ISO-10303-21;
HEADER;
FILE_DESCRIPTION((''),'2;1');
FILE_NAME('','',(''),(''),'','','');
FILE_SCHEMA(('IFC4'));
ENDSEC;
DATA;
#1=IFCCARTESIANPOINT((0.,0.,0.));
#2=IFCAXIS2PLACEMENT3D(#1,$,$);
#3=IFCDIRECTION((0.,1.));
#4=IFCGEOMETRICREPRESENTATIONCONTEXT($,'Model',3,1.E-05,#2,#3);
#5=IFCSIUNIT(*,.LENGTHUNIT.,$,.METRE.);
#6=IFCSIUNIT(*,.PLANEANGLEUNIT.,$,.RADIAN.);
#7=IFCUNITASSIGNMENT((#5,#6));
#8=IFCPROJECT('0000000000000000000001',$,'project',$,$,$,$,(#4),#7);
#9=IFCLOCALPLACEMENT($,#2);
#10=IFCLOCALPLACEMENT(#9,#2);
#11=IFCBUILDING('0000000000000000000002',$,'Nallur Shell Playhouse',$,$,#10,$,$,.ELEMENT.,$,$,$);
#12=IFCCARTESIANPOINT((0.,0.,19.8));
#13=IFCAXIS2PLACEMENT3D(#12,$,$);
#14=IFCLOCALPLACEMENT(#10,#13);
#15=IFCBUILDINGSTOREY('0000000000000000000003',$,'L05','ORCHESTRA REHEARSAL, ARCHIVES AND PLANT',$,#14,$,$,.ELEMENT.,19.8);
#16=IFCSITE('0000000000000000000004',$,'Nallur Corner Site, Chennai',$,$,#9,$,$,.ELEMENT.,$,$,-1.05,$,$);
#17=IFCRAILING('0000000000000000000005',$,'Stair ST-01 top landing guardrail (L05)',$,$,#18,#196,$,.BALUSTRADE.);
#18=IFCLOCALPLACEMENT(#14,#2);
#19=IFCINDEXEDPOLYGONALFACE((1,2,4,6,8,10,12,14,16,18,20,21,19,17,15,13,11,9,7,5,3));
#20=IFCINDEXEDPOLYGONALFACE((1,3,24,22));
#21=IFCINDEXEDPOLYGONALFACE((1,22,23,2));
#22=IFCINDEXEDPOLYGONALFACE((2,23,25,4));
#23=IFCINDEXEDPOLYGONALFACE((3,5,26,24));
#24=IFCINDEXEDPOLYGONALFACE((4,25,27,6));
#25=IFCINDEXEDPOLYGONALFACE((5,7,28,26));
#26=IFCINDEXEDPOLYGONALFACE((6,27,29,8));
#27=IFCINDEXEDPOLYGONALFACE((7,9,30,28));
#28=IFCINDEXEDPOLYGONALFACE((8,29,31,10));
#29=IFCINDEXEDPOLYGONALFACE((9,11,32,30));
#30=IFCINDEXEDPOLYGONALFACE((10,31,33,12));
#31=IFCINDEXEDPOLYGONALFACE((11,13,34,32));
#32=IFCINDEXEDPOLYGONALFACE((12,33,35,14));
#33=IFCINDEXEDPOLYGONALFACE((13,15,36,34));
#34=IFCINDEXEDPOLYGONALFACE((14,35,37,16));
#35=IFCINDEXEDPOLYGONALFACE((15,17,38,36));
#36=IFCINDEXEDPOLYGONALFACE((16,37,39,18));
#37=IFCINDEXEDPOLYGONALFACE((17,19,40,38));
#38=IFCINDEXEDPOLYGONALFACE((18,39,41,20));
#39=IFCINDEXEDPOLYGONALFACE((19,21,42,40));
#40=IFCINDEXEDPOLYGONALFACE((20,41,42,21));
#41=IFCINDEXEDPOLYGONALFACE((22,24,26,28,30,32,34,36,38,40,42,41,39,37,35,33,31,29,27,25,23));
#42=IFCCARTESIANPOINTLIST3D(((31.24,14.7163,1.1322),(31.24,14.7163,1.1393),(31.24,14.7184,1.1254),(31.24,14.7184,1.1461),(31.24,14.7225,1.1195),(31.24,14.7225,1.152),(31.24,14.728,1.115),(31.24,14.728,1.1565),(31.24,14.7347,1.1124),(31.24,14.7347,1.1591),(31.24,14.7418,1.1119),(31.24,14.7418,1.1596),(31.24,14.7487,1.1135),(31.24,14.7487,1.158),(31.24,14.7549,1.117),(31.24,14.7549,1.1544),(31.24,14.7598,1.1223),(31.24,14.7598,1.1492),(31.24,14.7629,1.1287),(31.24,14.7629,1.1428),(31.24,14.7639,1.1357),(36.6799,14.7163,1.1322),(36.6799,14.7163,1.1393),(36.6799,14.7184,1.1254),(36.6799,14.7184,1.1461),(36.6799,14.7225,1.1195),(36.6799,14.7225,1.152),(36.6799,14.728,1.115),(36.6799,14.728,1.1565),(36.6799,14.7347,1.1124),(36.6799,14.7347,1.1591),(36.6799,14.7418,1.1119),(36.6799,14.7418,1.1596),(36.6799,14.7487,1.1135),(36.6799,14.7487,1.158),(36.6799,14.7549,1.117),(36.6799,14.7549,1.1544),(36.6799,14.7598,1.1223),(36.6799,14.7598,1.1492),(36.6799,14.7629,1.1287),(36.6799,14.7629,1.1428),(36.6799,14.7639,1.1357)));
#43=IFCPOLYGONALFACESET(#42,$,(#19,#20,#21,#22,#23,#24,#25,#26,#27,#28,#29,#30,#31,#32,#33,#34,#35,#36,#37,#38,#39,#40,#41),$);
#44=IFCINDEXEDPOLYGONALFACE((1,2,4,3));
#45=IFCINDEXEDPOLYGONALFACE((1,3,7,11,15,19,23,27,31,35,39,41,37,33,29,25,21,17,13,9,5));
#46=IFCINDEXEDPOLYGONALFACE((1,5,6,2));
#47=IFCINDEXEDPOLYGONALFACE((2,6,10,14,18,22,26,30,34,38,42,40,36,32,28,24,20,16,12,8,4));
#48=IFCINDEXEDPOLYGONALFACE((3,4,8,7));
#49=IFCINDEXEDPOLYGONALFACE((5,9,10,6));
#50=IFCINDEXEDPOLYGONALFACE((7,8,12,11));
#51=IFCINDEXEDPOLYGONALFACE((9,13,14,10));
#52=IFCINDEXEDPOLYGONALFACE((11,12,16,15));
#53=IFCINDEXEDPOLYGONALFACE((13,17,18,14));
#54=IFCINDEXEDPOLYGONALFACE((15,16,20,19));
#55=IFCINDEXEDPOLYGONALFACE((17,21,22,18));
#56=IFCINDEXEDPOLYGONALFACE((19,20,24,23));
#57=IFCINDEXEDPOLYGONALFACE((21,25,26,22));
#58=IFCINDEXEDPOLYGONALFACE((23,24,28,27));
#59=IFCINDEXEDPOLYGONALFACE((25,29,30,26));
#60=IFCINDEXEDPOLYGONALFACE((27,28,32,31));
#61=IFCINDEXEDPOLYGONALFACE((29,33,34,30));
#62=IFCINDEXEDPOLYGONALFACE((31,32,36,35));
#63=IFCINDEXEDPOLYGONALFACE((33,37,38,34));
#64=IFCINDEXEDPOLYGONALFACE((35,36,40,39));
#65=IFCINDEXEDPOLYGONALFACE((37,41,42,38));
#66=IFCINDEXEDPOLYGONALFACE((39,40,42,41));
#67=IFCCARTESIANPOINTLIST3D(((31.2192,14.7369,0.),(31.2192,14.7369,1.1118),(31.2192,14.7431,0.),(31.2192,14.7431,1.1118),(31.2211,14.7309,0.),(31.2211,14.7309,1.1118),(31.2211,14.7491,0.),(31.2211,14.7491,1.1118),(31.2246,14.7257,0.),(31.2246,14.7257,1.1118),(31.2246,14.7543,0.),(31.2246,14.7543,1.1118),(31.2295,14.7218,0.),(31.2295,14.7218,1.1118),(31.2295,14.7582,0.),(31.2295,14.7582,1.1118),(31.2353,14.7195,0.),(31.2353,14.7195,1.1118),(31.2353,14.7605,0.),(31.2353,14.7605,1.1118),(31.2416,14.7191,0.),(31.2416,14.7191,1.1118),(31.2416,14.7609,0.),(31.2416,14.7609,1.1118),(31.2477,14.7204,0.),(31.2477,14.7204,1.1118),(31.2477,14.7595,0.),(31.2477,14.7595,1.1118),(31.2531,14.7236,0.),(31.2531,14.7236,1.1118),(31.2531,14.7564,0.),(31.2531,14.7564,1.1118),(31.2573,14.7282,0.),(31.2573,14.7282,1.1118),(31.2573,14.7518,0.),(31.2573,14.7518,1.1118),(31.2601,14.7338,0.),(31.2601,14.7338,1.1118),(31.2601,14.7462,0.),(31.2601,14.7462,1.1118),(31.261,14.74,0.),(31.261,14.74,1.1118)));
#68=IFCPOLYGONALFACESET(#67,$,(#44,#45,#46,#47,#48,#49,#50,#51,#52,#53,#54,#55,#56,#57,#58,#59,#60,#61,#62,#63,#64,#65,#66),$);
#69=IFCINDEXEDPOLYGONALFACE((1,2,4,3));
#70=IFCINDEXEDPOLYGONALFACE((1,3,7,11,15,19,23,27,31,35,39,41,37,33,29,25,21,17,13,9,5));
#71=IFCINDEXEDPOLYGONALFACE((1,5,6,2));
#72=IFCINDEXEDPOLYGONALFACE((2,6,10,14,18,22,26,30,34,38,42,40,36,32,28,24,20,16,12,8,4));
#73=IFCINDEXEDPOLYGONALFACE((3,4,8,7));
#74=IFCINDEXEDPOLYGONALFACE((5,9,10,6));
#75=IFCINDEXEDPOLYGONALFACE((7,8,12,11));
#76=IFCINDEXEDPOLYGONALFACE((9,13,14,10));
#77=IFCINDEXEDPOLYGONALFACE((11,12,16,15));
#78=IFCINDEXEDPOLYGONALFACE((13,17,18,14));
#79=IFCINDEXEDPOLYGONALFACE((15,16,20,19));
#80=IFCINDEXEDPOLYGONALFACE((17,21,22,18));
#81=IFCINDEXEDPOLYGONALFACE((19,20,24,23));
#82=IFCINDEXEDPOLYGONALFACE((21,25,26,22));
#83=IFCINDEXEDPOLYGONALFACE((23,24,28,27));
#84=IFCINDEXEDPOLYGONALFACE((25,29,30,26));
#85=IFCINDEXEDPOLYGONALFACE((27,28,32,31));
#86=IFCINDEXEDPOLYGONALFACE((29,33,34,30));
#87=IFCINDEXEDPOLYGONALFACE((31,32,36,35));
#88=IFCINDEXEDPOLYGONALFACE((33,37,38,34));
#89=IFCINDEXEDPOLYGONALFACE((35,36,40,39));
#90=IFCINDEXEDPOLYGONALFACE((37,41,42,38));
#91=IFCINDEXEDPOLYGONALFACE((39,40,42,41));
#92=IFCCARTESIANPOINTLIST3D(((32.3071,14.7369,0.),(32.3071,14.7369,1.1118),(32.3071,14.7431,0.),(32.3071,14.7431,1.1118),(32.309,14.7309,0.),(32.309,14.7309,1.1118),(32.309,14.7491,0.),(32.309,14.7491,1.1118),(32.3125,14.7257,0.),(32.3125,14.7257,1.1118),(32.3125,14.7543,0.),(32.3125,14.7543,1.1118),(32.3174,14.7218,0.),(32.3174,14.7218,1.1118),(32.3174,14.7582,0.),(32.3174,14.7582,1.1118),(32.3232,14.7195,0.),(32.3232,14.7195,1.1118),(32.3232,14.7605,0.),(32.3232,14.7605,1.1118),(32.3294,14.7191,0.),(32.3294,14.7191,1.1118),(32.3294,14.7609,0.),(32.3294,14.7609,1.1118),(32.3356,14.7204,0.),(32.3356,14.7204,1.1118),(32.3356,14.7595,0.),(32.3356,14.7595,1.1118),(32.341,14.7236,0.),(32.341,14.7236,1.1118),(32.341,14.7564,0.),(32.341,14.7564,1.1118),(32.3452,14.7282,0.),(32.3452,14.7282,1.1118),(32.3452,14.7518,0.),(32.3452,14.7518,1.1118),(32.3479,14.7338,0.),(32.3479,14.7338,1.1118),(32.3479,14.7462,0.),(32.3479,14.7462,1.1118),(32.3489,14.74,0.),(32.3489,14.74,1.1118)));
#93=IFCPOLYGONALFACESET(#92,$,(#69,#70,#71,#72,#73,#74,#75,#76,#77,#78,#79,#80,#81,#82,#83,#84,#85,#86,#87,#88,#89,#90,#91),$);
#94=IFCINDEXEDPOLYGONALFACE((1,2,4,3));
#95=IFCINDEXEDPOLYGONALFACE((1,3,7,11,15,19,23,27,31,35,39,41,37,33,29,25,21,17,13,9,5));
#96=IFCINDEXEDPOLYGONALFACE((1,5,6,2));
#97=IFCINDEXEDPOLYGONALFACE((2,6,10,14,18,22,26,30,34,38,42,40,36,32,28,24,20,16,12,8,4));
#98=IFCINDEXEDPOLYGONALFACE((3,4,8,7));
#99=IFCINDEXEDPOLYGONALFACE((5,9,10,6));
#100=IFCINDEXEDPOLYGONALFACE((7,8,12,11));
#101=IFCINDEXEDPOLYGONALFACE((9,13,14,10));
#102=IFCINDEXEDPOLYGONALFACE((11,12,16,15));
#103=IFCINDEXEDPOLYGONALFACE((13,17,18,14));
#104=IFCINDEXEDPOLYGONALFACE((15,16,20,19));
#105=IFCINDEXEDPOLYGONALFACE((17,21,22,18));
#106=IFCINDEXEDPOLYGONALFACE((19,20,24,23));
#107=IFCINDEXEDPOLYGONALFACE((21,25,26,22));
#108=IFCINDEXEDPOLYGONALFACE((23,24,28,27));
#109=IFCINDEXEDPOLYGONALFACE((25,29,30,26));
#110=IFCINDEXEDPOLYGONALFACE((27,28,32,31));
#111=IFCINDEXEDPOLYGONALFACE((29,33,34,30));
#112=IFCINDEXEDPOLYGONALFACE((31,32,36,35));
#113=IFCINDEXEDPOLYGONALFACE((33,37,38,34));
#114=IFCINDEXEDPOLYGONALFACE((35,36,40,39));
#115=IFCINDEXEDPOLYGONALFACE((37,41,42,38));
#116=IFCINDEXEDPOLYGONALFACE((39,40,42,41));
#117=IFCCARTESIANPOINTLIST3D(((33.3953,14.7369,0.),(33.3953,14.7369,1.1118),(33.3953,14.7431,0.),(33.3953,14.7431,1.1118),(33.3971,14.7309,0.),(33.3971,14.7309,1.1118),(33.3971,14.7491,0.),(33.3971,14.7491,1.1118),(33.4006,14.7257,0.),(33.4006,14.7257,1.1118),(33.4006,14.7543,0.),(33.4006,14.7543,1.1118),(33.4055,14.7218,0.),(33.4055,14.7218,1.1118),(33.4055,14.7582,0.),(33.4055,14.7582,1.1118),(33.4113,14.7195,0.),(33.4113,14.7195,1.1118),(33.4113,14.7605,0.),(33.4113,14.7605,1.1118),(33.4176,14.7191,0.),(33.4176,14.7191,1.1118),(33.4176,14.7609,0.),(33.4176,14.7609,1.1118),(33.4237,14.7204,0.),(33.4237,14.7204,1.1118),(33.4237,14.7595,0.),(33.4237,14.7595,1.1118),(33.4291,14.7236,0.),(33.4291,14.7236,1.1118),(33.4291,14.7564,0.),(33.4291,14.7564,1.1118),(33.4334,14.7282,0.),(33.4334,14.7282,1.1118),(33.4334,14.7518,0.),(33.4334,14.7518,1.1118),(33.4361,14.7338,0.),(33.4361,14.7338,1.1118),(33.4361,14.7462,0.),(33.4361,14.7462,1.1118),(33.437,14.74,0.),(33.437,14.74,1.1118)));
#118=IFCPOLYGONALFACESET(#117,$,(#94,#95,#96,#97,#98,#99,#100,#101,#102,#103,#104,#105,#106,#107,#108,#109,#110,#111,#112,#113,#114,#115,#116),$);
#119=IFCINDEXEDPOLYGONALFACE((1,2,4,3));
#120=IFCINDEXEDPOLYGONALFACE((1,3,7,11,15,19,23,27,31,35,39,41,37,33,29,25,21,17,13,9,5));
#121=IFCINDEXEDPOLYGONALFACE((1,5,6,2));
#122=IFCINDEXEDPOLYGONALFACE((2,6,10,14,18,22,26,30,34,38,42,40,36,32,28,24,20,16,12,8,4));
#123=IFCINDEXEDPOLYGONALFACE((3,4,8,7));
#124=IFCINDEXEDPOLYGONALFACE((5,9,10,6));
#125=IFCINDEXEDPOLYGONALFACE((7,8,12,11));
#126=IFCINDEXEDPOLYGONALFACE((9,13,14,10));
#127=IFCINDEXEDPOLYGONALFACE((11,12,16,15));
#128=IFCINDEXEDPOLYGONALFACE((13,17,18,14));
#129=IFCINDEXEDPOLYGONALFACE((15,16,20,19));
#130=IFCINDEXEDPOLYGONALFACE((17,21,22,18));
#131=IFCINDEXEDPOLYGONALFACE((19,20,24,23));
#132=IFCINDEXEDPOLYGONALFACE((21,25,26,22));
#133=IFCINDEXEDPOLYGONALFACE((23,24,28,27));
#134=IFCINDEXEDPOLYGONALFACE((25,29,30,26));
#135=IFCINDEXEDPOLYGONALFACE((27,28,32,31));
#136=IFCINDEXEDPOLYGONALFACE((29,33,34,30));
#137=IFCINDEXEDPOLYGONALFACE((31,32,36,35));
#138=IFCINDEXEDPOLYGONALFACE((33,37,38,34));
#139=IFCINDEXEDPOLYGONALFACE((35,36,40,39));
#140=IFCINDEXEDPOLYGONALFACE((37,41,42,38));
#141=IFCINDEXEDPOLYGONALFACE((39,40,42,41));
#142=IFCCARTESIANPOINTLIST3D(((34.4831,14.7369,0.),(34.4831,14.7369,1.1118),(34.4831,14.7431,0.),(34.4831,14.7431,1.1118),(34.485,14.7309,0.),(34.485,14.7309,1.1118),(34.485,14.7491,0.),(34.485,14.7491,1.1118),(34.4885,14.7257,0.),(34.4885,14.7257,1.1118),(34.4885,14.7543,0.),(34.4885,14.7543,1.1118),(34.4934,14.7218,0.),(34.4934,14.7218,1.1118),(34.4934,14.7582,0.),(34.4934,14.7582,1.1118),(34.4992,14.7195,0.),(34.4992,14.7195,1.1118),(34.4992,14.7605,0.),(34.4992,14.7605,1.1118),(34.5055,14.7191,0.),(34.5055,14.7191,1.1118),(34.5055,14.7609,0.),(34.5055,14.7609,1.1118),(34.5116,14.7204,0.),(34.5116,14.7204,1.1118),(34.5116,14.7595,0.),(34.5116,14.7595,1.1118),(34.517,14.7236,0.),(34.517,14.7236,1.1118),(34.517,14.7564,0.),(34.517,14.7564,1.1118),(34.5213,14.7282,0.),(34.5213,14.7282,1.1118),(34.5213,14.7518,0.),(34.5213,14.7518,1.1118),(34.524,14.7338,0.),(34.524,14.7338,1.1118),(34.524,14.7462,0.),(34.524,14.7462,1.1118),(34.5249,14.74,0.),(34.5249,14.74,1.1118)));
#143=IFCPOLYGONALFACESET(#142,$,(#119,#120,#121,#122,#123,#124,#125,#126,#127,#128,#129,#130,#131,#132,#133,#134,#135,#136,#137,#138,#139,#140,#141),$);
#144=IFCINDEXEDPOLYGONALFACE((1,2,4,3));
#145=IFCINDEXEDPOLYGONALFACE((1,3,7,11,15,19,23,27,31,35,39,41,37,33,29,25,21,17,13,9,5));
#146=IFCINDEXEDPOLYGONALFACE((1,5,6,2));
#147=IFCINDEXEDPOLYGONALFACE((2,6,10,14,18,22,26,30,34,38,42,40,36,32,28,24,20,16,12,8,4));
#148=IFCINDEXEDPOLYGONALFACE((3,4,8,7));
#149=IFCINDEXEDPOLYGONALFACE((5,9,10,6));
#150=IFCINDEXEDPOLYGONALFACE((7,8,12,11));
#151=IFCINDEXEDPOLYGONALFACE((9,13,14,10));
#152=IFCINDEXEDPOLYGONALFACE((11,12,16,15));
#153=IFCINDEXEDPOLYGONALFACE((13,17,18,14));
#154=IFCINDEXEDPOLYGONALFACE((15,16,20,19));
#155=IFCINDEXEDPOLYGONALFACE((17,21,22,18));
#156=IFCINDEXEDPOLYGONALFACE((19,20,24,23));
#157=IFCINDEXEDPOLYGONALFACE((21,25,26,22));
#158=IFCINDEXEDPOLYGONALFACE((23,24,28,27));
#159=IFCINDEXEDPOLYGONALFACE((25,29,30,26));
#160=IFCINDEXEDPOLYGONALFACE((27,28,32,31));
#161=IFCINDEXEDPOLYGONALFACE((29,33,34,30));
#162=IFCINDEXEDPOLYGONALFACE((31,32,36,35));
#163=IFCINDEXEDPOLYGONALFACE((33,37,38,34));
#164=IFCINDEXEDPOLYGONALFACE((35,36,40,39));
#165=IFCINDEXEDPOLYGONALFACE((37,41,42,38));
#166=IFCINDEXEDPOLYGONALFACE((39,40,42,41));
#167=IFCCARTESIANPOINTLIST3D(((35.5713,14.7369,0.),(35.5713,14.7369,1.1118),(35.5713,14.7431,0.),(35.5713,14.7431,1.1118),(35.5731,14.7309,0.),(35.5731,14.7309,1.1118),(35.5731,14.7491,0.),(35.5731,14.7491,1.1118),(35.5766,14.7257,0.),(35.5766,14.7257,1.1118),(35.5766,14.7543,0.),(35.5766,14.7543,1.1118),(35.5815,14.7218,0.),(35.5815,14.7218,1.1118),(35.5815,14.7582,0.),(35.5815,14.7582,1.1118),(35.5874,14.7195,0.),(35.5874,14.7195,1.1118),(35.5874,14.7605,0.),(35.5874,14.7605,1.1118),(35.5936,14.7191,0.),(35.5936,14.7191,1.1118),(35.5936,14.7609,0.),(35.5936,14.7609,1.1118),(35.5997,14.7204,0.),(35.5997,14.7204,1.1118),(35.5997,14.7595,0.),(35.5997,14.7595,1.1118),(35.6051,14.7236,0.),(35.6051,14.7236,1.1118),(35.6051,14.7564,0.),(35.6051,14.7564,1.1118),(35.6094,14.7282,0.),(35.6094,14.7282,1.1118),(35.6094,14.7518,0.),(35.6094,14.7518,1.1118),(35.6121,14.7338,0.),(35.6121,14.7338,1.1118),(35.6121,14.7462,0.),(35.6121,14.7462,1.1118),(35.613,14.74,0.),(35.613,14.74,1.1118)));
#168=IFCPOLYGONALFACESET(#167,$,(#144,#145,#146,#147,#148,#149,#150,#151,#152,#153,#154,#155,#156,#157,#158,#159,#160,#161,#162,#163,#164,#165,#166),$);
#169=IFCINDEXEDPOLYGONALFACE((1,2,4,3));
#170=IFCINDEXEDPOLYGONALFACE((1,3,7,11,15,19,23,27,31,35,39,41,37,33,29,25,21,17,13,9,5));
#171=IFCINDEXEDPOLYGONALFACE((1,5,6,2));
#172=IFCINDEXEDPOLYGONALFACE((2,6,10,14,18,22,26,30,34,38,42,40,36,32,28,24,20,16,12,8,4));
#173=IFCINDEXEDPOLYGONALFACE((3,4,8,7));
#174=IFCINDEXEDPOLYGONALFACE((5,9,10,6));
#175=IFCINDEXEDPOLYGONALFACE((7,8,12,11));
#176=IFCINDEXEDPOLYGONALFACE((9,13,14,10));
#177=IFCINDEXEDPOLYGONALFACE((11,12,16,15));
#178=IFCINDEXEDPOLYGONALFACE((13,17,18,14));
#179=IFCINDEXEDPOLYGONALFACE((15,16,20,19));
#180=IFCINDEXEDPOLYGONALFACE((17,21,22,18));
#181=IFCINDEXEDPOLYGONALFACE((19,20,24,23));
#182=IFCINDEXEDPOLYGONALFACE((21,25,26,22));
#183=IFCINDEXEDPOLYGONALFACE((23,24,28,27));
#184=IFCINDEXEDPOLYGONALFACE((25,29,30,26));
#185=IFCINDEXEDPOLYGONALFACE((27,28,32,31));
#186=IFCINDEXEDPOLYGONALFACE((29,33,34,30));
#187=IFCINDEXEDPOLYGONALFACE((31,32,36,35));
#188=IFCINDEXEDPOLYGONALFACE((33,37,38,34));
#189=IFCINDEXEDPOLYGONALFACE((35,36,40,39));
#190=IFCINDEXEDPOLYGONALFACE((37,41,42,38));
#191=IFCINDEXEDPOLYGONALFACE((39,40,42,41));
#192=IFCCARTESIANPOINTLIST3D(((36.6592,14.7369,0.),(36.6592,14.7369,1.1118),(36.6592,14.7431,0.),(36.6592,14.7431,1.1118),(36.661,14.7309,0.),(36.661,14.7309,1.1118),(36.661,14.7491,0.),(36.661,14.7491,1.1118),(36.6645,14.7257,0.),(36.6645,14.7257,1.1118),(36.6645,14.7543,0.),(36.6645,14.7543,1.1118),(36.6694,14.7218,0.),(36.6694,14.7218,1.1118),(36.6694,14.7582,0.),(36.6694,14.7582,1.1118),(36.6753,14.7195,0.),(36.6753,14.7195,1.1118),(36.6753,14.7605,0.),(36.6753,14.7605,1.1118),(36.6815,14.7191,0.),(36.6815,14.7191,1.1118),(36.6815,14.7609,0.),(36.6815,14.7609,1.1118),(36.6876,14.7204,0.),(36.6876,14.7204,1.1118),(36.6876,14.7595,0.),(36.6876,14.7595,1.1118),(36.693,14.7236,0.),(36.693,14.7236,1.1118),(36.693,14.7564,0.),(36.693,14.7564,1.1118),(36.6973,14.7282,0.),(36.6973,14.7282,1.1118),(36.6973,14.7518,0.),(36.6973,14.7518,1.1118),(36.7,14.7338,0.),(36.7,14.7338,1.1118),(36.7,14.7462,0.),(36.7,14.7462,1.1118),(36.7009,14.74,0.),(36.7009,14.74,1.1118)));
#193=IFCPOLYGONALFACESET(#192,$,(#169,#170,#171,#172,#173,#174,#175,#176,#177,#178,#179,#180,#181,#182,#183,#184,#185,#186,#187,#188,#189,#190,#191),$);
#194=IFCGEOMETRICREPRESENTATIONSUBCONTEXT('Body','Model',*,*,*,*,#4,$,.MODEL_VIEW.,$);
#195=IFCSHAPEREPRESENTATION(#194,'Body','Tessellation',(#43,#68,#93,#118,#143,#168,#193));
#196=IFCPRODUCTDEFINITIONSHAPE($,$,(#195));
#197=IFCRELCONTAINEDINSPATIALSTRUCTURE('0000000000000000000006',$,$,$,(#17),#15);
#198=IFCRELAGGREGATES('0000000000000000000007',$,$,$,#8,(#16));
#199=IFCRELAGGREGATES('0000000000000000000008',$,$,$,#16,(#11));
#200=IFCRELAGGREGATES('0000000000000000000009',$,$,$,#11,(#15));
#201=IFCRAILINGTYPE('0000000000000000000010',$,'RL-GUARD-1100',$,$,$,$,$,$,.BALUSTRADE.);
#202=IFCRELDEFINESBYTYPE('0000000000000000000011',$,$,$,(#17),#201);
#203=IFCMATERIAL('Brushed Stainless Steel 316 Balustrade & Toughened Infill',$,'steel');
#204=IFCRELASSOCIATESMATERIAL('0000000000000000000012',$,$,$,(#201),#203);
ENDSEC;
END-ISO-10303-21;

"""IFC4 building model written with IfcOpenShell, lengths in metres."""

from ifc_helpers import new_model, si_unit, direction, frame, origin, origin_2d, place, context, subcontext, project, spatial, circle, extrude, material, type_object, element, save


model = new_model("IFC4")

# Units and contexts
model_context = context("Model", 3, precision=1e-05, world=origin(), true_north=direction((0.0, 1.0)))
body_context = subcontext(model_context, "Body", "Model", "MODEL_VIEW")
ifc_project = project(units=[si_unit("LENGTHUNIT", "METRE"), si_unit("PLANEANGLEUNIT", "RADIAN")], contexts=[model_context])

# Site, building, storey
site_placement = place(None, origin())
site = spatial("IfcSite", under=ifc_project, at=site_placement, Name="Nallur Corner Site, Chennai", CompositionType="ELEMENT", RefElevation=-1.05)
building_placement = place(site_placement, origin())
building = spatial("IfcBuilding", under=site, at=building_placement, Name="Nallur Shell Playhouse", CompositionType="ELEMENT")
storey_placement = place(building_placement, frame((0.0, 0.0, 19.8)))
storey = spatial("IfcBuildingStorey", under=building, at=storey_placement, Name="L05", Description="ORCHESTRA REHEARSAL, ARCHIVES AND PLANT", CompositionType="ELEMENT", Elevation=19.8)

# Railing
ifc_material_1 = material(Name="Brushed Stainless Steel 316 Balustrade & Toughened Infill", Category="steel")
railing_type = type_object("IfcRailingType", Name="RL-GUARD-1100", PredefinedType="BALUSTRADE", material=ifc_material_1)
railing_placement = place(storey_placement, frame((31.24, 14.74, 0.0)))
element("IfcRailing", 1, at=railing_placement, inside=storey, type_object=railing_type, Name="Stair ST-01 top landing guardrail (L05)", PredefinedType="BALUSTRADE", context=body_context, shape_type="SweptSolid", body=[
    extrude(circle(Radius=0.0239, at=origin_2d()), frame((0.0, 0.0, 1.1357), z_axis=(1.0, 0.0, 0.0), x_axis=(0.0, 1.0, 0.0)), (0.0, 0.0, 1.0), 5.4399),
    extrude(circle(Radius=0.021, at=origin_2d()), origin(), (0.0, 0.0, 1.0), 1.1118),
    extrude(circle(Radius=0.021, at=origin_2d()), frame((1.0879, 0.0, 0.0)), (0.0, 0.0, 1.0), 1.1118),
    extrude(circle(Radius=0.021, at=origin_2d()), frame((2.176, 0.0, 0.0)), (0.0, 0.0, 1.0), 1.1118),
    extrude(circle(Radius=0.021, at=origin_2d()), frame((3.2639, 0.0, 0.0)), (0.0, 0.0, 1.0), 1.1118),
    extrude(circle(Radius=0.021, at=origin_2d()), frame((4.3521, 0.0, 0.0)), (0.0, 0.0, 1.0), 1.1118),
    extrude(circle(Radius=0.021, at=origin_2d()), frame((5.4399, 0.0, 0.0)), (0.0, 0.0, 1.0), 1.1118),
])

save(model, "model.ifc")
